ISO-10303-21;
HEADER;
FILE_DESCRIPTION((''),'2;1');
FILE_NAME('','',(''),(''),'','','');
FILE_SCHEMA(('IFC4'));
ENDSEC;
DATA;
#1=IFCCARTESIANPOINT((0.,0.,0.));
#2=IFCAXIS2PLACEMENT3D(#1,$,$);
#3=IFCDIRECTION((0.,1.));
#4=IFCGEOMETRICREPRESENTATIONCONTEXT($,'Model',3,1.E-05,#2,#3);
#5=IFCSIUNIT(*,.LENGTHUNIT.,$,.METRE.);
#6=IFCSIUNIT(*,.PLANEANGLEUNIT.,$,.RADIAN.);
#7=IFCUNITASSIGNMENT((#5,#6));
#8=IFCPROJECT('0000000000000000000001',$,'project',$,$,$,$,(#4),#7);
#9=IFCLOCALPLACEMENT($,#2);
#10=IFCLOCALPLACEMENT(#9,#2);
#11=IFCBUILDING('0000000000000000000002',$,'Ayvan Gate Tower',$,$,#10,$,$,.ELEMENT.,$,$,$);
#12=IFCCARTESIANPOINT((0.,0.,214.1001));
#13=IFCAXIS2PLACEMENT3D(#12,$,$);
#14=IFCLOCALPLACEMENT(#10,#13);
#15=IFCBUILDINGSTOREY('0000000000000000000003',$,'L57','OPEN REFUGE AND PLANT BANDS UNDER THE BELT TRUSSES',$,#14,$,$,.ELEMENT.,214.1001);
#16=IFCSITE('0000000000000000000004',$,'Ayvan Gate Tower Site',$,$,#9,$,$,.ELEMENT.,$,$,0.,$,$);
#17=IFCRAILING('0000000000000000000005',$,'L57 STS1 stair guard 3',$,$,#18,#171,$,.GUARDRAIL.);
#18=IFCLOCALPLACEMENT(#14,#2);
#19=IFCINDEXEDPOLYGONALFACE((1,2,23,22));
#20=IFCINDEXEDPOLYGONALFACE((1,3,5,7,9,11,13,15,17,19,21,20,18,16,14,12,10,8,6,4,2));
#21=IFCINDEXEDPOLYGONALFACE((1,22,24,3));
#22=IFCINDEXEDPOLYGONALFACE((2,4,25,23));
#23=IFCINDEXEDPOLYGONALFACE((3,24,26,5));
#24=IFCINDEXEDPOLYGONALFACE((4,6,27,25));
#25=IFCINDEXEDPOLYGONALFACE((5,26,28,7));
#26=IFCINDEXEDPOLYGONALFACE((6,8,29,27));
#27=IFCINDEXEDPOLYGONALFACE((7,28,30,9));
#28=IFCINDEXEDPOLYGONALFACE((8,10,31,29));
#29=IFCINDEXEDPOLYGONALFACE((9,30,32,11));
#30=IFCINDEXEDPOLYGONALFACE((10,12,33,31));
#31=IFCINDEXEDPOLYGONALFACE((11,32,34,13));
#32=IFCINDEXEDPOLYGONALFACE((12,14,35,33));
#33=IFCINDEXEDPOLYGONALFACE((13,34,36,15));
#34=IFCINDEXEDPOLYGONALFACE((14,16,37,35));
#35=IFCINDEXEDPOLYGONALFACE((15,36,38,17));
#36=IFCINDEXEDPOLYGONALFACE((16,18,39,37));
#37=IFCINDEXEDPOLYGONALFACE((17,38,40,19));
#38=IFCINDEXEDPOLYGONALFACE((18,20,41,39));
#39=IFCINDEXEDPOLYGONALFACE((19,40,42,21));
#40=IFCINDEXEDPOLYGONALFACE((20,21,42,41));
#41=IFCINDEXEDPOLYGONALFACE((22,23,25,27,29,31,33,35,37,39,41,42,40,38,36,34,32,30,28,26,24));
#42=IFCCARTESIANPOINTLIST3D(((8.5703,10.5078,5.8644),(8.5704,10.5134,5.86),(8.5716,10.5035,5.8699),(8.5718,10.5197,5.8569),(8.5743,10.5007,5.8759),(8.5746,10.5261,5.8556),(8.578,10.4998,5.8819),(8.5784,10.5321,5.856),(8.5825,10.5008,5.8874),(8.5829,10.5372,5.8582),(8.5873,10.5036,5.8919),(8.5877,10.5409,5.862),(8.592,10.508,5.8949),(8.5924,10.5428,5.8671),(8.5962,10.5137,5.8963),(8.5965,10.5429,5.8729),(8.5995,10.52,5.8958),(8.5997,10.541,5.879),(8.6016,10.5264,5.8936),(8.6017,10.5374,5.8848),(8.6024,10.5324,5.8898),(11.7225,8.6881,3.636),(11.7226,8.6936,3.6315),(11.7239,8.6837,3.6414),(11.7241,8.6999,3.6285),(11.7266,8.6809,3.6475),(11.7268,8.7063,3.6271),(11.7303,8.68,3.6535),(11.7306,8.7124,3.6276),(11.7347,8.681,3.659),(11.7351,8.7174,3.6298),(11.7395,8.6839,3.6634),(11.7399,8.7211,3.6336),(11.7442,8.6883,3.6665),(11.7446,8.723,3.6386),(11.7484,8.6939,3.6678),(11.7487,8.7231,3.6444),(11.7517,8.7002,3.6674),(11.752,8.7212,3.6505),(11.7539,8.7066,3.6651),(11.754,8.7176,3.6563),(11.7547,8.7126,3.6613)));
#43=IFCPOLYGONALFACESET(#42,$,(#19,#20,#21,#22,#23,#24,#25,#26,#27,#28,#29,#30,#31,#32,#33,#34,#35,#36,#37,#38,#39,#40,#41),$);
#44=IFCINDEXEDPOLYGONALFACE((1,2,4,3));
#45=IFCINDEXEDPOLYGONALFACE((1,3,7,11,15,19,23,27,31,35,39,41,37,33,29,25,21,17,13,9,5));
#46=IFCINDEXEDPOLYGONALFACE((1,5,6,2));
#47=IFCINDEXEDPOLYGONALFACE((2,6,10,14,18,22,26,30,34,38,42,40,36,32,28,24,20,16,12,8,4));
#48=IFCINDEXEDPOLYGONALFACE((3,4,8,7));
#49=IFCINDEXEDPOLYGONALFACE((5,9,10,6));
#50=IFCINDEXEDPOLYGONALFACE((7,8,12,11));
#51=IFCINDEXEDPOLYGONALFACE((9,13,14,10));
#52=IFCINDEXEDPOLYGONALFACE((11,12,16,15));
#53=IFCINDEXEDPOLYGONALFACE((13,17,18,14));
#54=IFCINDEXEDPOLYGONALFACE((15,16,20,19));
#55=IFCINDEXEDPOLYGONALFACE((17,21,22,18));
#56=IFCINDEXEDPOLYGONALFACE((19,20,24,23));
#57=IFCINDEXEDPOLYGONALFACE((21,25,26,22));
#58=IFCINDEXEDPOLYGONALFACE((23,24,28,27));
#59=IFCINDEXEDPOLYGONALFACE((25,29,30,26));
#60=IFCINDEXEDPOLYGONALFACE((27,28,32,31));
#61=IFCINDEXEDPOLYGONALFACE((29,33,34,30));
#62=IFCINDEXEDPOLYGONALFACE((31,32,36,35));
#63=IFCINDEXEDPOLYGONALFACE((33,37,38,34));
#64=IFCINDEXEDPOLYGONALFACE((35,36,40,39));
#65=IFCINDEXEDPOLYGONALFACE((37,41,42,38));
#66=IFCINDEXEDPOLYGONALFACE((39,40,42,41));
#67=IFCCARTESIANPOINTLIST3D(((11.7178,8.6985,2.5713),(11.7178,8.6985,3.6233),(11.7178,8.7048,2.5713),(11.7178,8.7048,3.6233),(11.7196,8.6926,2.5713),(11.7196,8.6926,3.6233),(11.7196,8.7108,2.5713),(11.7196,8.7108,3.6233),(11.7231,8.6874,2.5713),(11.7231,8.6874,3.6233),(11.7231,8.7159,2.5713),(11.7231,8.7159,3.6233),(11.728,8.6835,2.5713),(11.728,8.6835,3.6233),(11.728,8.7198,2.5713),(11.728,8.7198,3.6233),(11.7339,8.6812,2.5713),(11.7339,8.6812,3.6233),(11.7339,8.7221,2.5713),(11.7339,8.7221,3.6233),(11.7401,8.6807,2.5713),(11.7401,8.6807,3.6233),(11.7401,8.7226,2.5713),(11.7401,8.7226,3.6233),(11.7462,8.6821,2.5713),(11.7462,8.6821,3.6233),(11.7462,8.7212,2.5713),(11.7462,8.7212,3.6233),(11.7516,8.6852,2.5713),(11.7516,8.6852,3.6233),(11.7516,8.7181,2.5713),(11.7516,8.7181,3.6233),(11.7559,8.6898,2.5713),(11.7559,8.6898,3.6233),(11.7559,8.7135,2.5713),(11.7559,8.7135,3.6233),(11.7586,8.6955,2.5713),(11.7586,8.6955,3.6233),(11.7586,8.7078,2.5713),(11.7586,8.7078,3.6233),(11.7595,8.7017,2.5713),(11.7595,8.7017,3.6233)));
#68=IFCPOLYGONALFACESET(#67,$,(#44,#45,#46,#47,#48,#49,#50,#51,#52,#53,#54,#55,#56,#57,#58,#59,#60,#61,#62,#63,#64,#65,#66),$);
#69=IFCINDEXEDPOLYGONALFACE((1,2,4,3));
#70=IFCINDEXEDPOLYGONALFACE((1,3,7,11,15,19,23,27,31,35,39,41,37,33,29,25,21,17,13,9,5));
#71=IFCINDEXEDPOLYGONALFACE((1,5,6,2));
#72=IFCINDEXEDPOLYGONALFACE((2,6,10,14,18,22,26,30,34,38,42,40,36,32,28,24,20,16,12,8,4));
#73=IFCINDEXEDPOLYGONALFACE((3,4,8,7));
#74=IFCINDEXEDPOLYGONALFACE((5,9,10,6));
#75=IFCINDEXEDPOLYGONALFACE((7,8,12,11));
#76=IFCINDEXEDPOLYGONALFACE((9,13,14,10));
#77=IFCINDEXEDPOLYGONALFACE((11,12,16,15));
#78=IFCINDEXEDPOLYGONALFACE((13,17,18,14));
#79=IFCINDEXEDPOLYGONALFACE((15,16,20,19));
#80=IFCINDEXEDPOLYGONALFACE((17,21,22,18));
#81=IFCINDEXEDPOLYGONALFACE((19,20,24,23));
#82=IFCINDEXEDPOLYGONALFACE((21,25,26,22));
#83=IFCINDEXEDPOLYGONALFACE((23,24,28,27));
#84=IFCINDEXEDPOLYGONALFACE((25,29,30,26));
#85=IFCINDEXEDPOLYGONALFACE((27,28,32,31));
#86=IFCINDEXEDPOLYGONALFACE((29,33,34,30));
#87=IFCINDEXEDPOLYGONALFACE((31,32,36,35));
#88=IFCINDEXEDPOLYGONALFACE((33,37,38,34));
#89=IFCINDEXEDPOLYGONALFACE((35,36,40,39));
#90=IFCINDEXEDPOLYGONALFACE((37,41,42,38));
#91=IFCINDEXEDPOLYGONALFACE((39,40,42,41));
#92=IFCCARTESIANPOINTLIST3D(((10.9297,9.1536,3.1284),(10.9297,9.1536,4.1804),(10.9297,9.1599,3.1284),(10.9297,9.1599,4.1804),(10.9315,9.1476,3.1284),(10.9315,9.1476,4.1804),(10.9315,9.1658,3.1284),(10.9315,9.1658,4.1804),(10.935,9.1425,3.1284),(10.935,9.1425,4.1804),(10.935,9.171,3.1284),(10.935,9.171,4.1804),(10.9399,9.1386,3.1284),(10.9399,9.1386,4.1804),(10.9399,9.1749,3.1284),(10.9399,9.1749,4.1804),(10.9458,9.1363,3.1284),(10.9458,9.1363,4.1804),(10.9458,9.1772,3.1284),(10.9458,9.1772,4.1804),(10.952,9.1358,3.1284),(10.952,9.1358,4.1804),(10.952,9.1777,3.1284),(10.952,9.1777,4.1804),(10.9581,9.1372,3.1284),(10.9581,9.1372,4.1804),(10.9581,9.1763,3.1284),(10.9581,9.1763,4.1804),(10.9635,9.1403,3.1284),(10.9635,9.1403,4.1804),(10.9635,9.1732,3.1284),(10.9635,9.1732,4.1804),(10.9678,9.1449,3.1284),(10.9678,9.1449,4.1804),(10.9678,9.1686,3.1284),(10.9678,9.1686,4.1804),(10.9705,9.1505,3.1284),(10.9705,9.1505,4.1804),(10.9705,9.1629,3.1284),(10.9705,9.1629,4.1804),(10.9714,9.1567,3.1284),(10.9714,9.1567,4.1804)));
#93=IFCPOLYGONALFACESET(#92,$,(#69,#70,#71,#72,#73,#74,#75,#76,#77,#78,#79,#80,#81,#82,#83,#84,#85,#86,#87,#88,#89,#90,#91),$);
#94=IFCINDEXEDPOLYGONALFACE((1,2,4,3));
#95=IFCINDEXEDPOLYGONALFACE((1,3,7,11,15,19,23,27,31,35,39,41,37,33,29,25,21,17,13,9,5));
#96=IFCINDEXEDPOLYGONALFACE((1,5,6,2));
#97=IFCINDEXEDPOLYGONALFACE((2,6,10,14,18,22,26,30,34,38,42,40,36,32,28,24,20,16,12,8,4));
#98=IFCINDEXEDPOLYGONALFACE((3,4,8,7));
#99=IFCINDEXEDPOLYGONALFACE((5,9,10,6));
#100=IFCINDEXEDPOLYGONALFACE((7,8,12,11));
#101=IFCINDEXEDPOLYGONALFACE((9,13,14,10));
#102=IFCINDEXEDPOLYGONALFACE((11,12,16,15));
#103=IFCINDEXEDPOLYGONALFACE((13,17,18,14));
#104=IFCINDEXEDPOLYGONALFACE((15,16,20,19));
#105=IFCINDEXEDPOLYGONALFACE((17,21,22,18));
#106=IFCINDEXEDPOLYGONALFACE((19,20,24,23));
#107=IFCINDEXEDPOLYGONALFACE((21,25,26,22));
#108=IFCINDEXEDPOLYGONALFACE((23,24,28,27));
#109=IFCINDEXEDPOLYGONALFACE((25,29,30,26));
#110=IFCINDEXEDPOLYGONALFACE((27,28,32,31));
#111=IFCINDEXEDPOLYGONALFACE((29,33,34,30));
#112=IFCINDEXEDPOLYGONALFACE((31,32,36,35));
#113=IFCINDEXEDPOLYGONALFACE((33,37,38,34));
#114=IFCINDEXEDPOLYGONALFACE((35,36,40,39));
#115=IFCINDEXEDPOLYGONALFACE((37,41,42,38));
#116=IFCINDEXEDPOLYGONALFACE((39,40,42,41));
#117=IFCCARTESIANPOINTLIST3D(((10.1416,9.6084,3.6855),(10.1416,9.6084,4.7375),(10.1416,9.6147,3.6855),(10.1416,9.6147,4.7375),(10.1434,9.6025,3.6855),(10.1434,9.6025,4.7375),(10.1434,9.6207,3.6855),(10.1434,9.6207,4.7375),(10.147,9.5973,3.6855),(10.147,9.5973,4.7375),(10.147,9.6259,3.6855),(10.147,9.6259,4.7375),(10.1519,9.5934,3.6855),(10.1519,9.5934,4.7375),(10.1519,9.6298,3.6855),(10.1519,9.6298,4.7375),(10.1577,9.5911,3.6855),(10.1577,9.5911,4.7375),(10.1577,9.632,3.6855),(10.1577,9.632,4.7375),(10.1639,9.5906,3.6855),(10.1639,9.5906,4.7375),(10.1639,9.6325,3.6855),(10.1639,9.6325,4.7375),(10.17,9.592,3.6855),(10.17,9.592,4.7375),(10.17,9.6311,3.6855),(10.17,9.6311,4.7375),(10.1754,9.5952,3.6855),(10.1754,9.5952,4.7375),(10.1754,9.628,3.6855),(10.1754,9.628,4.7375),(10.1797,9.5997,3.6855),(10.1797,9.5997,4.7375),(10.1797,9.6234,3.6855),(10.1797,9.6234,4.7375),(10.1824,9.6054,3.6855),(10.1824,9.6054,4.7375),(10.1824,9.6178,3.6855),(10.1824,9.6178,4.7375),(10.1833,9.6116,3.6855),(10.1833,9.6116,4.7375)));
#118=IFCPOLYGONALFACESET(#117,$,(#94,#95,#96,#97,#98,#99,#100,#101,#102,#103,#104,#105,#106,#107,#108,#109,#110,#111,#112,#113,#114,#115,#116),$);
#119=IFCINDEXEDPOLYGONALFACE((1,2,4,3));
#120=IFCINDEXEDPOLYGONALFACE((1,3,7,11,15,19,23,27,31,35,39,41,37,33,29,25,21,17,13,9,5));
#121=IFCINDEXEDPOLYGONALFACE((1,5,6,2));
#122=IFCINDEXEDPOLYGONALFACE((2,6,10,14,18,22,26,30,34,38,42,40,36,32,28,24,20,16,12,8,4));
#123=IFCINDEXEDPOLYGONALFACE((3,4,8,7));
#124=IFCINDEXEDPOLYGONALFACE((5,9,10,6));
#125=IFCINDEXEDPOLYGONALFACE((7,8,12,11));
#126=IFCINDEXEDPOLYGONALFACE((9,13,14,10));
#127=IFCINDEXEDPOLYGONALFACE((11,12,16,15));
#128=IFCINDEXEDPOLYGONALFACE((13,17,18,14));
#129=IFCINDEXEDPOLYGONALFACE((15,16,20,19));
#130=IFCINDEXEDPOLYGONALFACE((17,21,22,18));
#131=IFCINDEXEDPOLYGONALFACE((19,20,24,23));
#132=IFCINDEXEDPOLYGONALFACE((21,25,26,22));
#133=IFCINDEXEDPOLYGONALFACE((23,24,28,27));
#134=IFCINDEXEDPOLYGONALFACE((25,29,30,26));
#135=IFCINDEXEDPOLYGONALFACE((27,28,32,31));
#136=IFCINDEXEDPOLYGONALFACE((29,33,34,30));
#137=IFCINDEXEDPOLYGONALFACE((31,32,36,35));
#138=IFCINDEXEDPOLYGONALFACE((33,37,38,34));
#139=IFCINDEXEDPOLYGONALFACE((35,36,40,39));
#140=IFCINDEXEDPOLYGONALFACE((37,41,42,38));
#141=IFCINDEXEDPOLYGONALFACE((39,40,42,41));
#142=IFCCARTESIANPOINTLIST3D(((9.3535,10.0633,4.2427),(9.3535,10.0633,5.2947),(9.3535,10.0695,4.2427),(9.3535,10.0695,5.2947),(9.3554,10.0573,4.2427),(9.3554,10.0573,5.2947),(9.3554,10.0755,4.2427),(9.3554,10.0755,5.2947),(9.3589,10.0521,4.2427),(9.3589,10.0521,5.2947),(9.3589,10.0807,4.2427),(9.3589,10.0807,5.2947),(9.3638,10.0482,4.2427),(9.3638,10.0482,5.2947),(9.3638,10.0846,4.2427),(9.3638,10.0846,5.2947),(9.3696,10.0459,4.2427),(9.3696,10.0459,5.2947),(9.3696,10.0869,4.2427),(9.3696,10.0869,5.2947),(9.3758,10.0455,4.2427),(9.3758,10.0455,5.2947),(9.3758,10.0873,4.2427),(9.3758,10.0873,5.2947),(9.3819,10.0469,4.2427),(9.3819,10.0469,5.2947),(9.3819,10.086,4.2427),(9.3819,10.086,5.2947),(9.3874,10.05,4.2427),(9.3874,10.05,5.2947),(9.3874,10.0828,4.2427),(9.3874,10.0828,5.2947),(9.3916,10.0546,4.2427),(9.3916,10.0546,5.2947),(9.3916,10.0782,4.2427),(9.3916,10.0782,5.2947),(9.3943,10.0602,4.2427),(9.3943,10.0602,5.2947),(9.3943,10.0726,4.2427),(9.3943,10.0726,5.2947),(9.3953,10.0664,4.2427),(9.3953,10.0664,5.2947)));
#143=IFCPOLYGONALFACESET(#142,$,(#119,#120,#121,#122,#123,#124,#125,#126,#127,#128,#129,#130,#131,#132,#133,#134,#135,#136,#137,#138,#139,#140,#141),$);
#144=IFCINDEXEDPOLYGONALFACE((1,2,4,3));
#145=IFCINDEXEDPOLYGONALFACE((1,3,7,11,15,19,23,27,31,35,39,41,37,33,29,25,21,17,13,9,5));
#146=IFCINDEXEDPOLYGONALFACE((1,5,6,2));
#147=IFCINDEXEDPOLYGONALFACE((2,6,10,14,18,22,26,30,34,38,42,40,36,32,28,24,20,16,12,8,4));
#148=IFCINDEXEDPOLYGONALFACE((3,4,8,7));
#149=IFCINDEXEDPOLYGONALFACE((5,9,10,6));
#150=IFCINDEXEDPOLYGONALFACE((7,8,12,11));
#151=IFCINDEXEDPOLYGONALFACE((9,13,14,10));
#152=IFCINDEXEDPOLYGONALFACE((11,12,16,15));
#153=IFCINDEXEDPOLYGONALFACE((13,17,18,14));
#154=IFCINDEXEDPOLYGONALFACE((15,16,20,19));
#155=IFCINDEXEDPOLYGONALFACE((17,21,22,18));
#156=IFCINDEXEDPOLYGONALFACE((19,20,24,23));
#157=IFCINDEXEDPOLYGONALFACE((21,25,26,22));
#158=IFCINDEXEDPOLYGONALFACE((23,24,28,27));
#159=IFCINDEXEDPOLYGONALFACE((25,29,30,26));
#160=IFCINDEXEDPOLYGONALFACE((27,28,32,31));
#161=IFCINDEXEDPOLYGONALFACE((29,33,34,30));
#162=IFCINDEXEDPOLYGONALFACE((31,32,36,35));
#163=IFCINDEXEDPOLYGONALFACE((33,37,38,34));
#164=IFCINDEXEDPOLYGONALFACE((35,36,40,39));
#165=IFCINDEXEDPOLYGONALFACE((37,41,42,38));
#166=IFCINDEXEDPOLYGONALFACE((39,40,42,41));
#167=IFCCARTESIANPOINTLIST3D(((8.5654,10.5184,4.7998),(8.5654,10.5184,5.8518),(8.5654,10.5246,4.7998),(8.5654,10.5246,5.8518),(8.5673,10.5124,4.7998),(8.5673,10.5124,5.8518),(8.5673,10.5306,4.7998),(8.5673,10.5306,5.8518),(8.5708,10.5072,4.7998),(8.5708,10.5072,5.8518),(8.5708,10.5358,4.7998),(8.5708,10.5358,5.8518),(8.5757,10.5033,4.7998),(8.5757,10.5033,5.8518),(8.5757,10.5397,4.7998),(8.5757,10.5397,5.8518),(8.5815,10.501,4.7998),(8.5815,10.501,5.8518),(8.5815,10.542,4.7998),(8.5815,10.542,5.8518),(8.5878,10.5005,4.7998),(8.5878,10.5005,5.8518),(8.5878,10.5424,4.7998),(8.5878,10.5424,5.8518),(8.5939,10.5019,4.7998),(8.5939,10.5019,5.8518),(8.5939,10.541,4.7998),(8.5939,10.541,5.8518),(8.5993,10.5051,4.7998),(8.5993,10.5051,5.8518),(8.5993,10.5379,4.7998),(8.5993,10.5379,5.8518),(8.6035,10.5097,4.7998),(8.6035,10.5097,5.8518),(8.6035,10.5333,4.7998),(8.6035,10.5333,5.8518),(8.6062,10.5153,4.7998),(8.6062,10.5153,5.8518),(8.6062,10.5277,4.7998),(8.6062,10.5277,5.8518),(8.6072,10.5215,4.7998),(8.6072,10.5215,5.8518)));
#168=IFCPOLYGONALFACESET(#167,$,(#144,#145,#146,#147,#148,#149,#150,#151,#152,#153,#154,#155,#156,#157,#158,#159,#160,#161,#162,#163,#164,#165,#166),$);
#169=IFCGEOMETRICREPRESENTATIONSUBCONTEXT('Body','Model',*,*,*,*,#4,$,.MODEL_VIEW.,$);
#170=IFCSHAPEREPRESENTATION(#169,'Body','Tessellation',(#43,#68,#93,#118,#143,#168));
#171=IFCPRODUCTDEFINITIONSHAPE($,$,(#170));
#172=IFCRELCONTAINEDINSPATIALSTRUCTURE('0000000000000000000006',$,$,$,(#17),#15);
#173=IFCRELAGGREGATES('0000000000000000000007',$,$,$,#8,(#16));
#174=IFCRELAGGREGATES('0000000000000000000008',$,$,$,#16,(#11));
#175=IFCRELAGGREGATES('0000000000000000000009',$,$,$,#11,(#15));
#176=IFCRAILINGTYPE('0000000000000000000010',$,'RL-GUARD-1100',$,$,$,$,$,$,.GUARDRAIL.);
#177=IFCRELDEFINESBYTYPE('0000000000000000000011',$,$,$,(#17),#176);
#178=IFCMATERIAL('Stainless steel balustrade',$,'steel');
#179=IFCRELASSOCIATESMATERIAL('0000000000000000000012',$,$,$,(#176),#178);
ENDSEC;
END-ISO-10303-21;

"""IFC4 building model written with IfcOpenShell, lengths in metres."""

from ifc_helpers import new_model, si_unit, direction, frame, origin, origin_2d, place, context, subcontext, project, spatial, circle, extrude, material, type_object, element, save


model = new_model("IFC4")

# Units and contexts
model_context = context("Model", 3, precision=1e-05, world=origin(), true_north=direction((0.0, 1.0)))
body_context = subcontext(model_context, "Body", "Model", "MODEL_VIEW")
ifc_project = project(units=[si_unit("LENGTHUNIT", "METRE"), si_unit("PLANEANGLEUNIT", "RADIAN")], contexts=[model_context])

# Site, building, storey
site_placement = place(None, origin())
site = spatial("IfcSite", under=ifc_project, at=site_placement, Name="Ayvan Gate Tower Site", CompositionType="ELEMENT", RefElevation=0.0)
building_placement = place(site_placement, origin())
building = spatial("IfcBuilding", under=site, at=building_placement, Name="Ayvan Gate Tower", CompositionType="ELEMENT")
storey_placement = place(building_placement, frame((0.0, 0.0, 214.1001)))
storey = spatial("IfcBuildingStorey", under=building, at=storey_placement, Name="L57", Description="OPEN REFUGE AND PLANT BANDS UNDER THE BELT TRUSSES", CompositionType="ELEMENT", Elevation=214.1001)

# Railing
ifc_material_1 = material(Name="Stainless steel balustrade", Category="steel")
railing_type_1 = type_object("IfcRailingType", Name="RL-GUARD-1100", PredefinedType="GUARDRAIL", material=ifc_material_1)
railing_1_placement = place(storey_placement, frame((11.7385, 8.7017, 2.5713)))
element("IfcRailing", 1, at=railing_1_placement, inside=storey, type_object=railing_type_1, Name="L57 STS1 stair guard 3", PredefinedType="GUARDRAIL", context=body_context, shape_type="SweptSolid", body=[
    extrude(circle(Radius=0.0239, at=origin_2d()), frame((0.0, 0.0, 1.0762), z_axis=(-0.73861, 0.426394, 0.522153), x_axis=(-0.499962, -0.866047, 0.0)), (0.0, 0.0, 1.0), 4.2678),
    extrude(circle(Radius=0.021, at=origin_2d()), origin(), (0.0, 0.0, 1.0), 1.052),
    extrude(circle(Radius=0.021, at=origin_2d()), frame((-0.7881, 0.4551, 0.5571)), (0.0, 0.0, 1.0), 1.052),
    extrude(circle(Radius=0.021, at=origin_2d()), frame((-1.5762, 0.9099, 1.1143)), (0.0, 0.0, 1.0), 1.052),
    extrude(circle(Radius=0.021, at=origin_2d()), frame((-2.3643, 1.3647, 1.6714)), (0.0, 0.0, 1.0), 1.052),
    extrude(circle(Radius=0.021, at=origin_2d()), frame((-3.1523, 1.8198, 2.2285)), (0.0, 0.0, 1.0), 1.052),
])

save(model, "model.ifc")
